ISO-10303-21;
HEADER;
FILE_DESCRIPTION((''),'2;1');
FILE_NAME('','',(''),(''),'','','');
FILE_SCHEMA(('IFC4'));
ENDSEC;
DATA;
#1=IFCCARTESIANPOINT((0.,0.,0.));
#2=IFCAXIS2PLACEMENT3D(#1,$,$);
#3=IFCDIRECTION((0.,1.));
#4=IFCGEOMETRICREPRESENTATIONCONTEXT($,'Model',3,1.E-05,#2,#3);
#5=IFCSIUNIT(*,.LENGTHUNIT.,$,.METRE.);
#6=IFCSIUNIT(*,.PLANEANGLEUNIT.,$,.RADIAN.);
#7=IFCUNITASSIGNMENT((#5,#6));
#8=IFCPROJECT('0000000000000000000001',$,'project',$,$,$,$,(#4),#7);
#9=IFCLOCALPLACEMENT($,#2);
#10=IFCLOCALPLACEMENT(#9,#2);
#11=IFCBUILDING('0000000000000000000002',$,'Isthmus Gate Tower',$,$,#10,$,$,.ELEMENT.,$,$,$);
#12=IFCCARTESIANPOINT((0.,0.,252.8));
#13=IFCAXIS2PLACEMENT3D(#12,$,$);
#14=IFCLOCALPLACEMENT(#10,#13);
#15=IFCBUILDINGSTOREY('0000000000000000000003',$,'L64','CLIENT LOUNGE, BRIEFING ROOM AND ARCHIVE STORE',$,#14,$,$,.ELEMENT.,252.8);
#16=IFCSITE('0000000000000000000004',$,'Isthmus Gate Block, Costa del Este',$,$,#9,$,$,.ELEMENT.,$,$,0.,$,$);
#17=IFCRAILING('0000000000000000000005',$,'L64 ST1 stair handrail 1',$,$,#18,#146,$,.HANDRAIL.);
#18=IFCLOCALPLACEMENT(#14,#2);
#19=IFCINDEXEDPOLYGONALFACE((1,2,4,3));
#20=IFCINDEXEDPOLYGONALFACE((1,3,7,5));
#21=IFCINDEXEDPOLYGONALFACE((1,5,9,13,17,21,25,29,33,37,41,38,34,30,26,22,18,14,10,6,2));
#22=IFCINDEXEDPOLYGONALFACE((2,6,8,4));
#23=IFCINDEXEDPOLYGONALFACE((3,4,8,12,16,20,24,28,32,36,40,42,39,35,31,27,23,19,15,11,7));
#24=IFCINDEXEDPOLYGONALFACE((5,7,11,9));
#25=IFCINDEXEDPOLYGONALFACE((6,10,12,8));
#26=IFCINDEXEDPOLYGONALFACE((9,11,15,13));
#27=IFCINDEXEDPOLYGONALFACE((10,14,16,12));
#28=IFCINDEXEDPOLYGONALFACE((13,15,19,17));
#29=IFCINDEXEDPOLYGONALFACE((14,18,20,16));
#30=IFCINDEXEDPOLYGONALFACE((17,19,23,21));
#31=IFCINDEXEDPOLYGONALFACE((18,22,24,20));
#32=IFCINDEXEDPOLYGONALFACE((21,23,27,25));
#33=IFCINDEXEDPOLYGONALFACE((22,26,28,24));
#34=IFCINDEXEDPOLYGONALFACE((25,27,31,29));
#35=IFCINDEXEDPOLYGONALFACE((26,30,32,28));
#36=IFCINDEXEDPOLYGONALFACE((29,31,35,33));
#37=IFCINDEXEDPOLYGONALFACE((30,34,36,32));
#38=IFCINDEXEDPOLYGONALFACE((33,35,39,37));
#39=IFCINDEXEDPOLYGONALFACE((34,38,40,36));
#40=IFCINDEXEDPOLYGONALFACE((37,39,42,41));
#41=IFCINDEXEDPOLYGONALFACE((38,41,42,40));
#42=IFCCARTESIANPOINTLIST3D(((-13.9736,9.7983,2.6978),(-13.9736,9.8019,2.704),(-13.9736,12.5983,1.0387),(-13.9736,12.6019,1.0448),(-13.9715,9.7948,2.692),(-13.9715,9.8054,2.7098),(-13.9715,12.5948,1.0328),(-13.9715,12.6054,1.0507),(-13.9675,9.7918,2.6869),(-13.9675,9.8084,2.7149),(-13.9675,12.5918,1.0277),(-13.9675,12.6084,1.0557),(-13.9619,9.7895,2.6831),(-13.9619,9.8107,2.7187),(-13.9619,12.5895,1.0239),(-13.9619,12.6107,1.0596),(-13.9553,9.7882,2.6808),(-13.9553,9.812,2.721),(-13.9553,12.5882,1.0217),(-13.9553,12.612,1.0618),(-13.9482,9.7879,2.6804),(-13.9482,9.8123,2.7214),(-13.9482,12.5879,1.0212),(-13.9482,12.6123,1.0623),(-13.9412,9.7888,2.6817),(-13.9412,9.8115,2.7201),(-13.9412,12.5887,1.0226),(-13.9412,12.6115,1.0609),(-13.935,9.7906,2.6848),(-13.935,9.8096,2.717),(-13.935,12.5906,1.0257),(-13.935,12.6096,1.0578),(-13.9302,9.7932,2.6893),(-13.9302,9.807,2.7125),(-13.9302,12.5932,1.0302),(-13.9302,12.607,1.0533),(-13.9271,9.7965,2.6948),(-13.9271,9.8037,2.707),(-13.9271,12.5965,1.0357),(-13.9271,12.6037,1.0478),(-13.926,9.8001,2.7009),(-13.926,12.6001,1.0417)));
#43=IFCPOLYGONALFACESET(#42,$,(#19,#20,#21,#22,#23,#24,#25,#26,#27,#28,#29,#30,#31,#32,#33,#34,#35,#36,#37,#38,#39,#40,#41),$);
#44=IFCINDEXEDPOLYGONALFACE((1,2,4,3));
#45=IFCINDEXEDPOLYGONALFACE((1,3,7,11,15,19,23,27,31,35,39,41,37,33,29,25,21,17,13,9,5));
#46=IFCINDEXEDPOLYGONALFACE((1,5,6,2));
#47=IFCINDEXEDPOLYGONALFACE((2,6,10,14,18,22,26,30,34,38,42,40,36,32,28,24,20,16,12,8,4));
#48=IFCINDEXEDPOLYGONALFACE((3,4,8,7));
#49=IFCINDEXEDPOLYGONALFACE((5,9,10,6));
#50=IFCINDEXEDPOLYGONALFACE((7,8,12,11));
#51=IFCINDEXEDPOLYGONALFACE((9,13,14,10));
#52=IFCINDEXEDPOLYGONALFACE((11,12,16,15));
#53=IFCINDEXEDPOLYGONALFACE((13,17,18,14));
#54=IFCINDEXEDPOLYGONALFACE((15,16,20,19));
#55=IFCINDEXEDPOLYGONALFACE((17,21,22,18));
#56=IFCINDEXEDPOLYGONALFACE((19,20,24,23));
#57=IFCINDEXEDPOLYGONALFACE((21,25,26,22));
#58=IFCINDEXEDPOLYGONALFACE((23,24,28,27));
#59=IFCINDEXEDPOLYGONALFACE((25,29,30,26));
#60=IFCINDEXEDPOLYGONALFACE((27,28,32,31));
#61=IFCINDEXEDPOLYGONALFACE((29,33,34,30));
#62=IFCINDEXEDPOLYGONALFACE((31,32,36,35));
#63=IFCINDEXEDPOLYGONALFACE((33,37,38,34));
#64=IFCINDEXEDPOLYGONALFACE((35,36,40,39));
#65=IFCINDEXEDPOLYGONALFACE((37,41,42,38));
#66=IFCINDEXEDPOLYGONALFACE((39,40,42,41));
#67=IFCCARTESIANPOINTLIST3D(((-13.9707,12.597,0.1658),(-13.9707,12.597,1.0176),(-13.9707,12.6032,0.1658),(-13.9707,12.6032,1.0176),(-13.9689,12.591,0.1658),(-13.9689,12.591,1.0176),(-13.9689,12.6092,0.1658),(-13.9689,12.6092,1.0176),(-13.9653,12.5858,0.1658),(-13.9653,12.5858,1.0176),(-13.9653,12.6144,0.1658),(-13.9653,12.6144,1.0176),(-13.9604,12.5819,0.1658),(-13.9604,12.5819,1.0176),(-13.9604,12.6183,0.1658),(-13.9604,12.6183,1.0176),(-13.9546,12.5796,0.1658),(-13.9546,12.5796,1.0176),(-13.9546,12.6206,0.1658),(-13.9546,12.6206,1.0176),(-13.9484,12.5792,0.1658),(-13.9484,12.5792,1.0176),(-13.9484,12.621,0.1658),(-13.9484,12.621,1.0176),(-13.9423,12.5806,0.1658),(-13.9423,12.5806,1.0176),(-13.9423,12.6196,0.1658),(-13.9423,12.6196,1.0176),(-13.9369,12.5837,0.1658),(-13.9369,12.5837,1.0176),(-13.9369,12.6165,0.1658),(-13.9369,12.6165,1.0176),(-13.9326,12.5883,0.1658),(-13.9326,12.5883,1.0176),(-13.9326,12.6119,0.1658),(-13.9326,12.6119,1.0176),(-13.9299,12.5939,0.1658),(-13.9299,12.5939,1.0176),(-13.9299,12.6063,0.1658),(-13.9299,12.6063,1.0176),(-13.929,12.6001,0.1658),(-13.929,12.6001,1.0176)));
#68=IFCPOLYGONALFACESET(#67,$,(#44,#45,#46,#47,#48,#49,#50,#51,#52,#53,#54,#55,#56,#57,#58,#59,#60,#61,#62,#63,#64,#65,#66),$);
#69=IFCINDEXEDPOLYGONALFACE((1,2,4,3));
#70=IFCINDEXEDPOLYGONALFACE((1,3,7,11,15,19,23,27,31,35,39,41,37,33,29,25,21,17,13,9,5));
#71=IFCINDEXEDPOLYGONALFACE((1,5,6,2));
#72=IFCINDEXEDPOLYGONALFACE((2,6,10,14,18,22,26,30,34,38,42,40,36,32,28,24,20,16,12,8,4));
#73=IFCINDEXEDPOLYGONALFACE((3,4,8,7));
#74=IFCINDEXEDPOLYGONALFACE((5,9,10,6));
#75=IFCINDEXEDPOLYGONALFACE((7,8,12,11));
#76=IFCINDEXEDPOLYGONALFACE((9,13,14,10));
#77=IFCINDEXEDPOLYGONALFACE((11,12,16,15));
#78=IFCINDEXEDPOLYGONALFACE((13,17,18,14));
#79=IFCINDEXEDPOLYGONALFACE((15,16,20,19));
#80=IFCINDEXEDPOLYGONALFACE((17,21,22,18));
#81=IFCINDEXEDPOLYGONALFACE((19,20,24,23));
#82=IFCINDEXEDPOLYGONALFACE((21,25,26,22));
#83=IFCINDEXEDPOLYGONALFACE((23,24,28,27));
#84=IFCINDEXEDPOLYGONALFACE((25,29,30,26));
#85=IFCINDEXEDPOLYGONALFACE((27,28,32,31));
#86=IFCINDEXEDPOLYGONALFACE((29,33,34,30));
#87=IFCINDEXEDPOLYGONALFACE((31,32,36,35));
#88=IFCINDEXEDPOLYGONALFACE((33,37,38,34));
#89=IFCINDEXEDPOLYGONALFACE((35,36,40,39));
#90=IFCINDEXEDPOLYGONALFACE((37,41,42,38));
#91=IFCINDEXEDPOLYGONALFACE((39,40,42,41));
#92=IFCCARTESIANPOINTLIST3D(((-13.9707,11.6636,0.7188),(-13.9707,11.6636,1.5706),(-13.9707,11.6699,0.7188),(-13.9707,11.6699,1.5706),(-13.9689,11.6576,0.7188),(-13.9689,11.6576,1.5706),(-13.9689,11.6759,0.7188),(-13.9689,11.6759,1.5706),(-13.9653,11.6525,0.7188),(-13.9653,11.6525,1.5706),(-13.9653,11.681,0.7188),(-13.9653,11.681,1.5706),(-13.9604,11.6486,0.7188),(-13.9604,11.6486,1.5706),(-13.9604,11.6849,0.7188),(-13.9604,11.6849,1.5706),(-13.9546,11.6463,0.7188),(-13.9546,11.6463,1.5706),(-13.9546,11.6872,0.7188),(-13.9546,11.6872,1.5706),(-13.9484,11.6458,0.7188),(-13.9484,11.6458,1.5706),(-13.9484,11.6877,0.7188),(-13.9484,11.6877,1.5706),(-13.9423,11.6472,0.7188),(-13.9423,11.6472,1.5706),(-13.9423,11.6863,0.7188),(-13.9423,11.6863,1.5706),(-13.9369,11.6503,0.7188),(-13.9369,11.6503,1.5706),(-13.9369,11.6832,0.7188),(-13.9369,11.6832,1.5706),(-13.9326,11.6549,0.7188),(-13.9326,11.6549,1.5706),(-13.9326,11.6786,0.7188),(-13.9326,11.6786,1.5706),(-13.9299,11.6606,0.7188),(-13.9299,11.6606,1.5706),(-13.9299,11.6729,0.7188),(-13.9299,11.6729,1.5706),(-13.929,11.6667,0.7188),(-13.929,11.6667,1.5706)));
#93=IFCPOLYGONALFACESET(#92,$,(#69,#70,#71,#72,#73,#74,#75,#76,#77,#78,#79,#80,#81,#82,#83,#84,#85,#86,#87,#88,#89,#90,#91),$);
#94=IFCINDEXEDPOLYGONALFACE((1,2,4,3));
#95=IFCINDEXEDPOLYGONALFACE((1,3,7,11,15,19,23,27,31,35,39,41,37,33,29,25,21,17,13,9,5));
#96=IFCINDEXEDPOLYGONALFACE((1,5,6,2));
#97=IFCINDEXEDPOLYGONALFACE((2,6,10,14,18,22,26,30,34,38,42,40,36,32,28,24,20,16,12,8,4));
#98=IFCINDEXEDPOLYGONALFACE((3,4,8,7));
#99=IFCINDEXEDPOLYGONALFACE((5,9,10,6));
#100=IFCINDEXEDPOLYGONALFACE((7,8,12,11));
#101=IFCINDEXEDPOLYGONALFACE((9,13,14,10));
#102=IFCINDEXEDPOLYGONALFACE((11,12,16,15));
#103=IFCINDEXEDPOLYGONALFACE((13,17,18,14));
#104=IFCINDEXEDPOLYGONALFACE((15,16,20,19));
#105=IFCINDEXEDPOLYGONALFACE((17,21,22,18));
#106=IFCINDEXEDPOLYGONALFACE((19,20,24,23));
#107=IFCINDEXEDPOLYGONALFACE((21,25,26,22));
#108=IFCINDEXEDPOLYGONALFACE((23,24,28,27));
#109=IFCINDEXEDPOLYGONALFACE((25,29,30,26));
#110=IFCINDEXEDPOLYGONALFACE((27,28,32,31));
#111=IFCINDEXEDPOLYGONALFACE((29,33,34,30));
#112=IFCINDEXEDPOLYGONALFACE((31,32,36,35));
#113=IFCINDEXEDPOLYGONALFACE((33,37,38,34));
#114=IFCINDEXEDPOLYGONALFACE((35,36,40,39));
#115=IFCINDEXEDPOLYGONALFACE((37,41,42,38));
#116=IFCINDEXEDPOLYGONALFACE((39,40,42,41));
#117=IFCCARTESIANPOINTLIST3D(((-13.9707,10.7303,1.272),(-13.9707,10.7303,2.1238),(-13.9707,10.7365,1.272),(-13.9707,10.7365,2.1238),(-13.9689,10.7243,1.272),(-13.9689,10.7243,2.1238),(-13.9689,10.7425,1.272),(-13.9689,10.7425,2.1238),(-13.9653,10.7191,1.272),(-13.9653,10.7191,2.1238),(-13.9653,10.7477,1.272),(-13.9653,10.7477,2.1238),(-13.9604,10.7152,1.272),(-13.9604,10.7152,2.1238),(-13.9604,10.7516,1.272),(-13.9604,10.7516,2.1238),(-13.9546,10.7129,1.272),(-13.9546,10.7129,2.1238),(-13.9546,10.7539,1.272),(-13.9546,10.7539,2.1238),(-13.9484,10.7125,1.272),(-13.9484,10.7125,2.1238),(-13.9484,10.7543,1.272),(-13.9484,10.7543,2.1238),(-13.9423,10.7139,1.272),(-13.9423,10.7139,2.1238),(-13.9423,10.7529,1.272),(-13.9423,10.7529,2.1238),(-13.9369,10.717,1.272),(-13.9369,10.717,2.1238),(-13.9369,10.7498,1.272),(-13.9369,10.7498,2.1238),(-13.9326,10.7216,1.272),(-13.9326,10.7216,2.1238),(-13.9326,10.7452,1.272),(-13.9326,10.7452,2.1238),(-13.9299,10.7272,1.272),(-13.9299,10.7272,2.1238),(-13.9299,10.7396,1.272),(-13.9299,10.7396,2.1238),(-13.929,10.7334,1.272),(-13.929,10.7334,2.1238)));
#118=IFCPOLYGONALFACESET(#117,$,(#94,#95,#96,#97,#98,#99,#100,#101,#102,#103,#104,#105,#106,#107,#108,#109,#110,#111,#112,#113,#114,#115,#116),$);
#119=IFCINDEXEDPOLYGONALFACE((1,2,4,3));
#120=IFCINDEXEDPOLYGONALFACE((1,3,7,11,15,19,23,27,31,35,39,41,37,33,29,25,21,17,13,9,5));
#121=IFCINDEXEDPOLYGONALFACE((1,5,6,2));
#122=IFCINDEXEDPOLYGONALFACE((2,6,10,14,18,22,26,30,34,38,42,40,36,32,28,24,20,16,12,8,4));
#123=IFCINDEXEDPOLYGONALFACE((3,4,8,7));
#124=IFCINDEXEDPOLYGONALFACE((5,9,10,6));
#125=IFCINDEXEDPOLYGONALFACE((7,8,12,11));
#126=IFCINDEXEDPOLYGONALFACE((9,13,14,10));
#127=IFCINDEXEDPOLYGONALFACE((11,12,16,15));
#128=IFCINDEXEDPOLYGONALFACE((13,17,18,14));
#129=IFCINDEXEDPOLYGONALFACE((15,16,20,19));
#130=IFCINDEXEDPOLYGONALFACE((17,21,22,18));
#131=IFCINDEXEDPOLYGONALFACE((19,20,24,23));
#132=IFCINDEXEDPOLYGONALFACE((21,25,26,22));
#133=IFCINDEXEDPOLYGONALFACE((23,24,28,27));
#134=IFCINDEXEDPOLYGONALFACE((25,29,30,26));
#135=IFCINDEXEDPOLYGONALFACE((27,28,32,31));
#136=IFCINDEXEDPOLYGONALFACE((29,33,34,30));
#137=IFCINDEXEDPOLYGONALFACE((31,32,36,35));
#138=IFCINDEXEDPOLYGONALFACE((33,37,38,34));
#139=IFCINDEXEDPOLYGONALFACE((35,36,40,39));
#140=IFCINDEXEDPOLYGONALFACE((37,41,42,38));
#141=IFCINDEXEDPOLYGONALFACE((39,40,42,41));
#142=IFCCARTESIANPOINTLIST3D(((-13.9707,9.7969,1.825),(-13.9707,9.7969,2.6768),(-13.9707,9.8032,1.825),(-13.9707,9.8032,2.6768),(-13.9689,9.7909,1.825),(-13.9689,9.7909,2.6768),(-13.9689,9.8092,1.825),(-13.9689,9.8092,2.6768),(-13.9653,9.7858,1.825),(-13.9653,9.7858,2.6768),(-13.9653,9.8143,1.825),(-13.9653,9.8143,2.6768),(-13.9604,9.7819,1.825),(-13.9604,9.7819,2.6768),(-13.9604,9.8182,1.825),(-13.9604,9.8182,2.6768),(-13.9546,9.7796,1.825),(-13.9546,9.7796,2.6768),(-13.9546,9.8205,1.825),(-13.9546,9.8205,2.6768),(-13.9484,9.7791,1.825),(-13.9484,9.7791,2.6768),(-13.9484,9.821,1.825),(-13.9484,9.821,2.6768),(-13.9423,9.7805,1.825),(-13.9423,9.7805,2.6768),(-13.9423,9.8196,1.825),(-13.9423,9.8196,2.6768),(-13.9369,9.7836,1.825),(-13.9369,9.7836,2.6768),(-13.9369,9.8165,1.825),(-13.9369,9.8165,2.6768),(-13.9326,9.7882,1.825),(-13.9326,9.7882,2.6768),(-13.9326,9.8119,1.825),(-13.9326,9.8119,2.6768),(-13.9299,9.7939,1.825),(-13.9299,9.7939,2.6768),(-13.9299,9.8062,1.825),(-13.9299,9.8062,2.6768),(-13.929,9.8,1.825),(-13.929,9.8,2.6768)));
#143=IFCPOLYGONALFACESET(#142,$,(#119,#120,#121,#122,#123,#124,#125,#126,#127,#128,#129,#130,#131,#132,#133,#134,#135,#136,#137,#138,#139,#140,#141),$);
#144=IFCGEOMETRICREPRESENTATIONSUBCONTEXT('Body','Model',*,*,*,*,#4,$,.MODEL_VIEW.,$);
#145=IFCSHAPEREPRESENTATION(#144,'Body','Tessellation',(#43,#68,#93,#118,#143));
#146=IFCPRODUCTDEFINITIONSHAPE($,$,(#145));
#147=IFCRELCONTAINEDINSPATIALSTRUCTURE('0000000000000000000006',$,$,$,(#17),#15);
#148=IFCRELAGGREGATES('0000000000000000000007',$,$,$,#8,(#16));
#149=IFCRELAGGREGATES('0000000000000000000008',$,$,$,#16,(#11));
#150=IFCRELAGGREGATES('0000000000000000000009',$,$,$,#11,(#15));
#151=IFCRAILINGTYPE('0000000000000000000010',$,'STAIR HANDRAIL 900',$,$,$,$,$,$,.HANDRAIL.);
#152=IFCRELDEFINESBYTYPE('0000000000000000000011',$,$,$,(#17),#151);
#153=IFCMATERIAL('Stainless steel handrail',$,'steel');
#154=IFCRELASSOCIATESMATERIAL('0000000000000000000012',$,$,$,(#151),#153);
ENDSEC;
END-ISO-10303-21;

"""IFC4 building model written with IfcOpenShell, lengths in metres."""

from ifc_helpers import new_model, si_unit, direction, frame, origin, origin_2d, place, context, subcontext, project, spatial, circle, extrude, material, type_object, element, save


model = new_model("IFC4")

# Units and contexts
model_context = context("Model", 3, precision=1e-05, world=origin(), true_north=direction((0.0, 1.0)))
body_context = subcontext(model_context, "Body", "Model", "MODEL_VIEW")
ifc_project = project(units=[si_unit("LENGTHUNIT", "METRE"), si_unit("PLANEANGLEUNIT", "RADIAN")], contexts=[model_context])

# Site, building, storey
site_placement = place(None, origin())
site = spatial("IfcSite", under=ifc_project, at=site_placement, Name="Isthmus Gate Block, Costa del Este", CompositionType="ELEMENT", RefElevation=0.0)
building_placement = place(site_placement, origin())
building = spatial("IfcBuilding", under=site, at=building_placement, Name="Isthmus Gate Tower", CompositionType="ELEMENT")
storey_placement = place(building_placement, frame((0.0, 0.0, 252.8)))
storey = spatial("IfcBuildingStorey", under=building, at=storey_placement, Name="L64", Description="CLIENT LOUNGE, BRIEFING ROOM AND ARCHIVE STORE", CompositionType="ELEMENT", Elevation=252.8)

# Railing
ifc_material_1 = material(Name="Stainless steel handrail", Category="steel")
railing_type = type_object("IfcRailingType", Name="STAIR HANDRAIL 900", PredefinedType="HANDRAIL", material=ifc_material_1)
railing_1_placement = place(storey_placement, frame((-13.95, 12.6001, 0.1658)))
element("IfcRailing", 1, at=railing_1_placement, inside=storey, type_object=railing_type, Name="L64 ST1 stair handrail 1", PredefinedType="HANDRAIL", context=body_context, shape_type="SweptSolid", body=[
    extrude(circle(Radius=0.0239, at=origin_2d()), frame((0.0, 0.0, 0.876), z_axis=(0.0, -0.860306, 0.509778), x_axis=(1.0, 0.0, 0.0)), (0.0, 0.0, 1.0), 3.2546),
    extrude(circle(Radius=0.021, at=origin_2d()), origin(), (0.0, 0.0, 1.0), 0.8518),
    extrude(circle(Radius=0.021, at=origin_2d()), frame((0.0, -0.9333, 0.553)), (0.0, 0.0, 1.0), 0.8518),
    extrude(circle(Radius=0.021, at=origin_2d()), frame((0.0, -1.8667, 1.1062)), (0.0, 0.0, 1.0), 0.8518),
    extrude(circle(Radius=0.021, at=origin_2d()), frame((0.0, -2.8, 1.6592)), (0.0, 0.0, 1.0), 0.8518),
])

save(model, "model.ifc")
